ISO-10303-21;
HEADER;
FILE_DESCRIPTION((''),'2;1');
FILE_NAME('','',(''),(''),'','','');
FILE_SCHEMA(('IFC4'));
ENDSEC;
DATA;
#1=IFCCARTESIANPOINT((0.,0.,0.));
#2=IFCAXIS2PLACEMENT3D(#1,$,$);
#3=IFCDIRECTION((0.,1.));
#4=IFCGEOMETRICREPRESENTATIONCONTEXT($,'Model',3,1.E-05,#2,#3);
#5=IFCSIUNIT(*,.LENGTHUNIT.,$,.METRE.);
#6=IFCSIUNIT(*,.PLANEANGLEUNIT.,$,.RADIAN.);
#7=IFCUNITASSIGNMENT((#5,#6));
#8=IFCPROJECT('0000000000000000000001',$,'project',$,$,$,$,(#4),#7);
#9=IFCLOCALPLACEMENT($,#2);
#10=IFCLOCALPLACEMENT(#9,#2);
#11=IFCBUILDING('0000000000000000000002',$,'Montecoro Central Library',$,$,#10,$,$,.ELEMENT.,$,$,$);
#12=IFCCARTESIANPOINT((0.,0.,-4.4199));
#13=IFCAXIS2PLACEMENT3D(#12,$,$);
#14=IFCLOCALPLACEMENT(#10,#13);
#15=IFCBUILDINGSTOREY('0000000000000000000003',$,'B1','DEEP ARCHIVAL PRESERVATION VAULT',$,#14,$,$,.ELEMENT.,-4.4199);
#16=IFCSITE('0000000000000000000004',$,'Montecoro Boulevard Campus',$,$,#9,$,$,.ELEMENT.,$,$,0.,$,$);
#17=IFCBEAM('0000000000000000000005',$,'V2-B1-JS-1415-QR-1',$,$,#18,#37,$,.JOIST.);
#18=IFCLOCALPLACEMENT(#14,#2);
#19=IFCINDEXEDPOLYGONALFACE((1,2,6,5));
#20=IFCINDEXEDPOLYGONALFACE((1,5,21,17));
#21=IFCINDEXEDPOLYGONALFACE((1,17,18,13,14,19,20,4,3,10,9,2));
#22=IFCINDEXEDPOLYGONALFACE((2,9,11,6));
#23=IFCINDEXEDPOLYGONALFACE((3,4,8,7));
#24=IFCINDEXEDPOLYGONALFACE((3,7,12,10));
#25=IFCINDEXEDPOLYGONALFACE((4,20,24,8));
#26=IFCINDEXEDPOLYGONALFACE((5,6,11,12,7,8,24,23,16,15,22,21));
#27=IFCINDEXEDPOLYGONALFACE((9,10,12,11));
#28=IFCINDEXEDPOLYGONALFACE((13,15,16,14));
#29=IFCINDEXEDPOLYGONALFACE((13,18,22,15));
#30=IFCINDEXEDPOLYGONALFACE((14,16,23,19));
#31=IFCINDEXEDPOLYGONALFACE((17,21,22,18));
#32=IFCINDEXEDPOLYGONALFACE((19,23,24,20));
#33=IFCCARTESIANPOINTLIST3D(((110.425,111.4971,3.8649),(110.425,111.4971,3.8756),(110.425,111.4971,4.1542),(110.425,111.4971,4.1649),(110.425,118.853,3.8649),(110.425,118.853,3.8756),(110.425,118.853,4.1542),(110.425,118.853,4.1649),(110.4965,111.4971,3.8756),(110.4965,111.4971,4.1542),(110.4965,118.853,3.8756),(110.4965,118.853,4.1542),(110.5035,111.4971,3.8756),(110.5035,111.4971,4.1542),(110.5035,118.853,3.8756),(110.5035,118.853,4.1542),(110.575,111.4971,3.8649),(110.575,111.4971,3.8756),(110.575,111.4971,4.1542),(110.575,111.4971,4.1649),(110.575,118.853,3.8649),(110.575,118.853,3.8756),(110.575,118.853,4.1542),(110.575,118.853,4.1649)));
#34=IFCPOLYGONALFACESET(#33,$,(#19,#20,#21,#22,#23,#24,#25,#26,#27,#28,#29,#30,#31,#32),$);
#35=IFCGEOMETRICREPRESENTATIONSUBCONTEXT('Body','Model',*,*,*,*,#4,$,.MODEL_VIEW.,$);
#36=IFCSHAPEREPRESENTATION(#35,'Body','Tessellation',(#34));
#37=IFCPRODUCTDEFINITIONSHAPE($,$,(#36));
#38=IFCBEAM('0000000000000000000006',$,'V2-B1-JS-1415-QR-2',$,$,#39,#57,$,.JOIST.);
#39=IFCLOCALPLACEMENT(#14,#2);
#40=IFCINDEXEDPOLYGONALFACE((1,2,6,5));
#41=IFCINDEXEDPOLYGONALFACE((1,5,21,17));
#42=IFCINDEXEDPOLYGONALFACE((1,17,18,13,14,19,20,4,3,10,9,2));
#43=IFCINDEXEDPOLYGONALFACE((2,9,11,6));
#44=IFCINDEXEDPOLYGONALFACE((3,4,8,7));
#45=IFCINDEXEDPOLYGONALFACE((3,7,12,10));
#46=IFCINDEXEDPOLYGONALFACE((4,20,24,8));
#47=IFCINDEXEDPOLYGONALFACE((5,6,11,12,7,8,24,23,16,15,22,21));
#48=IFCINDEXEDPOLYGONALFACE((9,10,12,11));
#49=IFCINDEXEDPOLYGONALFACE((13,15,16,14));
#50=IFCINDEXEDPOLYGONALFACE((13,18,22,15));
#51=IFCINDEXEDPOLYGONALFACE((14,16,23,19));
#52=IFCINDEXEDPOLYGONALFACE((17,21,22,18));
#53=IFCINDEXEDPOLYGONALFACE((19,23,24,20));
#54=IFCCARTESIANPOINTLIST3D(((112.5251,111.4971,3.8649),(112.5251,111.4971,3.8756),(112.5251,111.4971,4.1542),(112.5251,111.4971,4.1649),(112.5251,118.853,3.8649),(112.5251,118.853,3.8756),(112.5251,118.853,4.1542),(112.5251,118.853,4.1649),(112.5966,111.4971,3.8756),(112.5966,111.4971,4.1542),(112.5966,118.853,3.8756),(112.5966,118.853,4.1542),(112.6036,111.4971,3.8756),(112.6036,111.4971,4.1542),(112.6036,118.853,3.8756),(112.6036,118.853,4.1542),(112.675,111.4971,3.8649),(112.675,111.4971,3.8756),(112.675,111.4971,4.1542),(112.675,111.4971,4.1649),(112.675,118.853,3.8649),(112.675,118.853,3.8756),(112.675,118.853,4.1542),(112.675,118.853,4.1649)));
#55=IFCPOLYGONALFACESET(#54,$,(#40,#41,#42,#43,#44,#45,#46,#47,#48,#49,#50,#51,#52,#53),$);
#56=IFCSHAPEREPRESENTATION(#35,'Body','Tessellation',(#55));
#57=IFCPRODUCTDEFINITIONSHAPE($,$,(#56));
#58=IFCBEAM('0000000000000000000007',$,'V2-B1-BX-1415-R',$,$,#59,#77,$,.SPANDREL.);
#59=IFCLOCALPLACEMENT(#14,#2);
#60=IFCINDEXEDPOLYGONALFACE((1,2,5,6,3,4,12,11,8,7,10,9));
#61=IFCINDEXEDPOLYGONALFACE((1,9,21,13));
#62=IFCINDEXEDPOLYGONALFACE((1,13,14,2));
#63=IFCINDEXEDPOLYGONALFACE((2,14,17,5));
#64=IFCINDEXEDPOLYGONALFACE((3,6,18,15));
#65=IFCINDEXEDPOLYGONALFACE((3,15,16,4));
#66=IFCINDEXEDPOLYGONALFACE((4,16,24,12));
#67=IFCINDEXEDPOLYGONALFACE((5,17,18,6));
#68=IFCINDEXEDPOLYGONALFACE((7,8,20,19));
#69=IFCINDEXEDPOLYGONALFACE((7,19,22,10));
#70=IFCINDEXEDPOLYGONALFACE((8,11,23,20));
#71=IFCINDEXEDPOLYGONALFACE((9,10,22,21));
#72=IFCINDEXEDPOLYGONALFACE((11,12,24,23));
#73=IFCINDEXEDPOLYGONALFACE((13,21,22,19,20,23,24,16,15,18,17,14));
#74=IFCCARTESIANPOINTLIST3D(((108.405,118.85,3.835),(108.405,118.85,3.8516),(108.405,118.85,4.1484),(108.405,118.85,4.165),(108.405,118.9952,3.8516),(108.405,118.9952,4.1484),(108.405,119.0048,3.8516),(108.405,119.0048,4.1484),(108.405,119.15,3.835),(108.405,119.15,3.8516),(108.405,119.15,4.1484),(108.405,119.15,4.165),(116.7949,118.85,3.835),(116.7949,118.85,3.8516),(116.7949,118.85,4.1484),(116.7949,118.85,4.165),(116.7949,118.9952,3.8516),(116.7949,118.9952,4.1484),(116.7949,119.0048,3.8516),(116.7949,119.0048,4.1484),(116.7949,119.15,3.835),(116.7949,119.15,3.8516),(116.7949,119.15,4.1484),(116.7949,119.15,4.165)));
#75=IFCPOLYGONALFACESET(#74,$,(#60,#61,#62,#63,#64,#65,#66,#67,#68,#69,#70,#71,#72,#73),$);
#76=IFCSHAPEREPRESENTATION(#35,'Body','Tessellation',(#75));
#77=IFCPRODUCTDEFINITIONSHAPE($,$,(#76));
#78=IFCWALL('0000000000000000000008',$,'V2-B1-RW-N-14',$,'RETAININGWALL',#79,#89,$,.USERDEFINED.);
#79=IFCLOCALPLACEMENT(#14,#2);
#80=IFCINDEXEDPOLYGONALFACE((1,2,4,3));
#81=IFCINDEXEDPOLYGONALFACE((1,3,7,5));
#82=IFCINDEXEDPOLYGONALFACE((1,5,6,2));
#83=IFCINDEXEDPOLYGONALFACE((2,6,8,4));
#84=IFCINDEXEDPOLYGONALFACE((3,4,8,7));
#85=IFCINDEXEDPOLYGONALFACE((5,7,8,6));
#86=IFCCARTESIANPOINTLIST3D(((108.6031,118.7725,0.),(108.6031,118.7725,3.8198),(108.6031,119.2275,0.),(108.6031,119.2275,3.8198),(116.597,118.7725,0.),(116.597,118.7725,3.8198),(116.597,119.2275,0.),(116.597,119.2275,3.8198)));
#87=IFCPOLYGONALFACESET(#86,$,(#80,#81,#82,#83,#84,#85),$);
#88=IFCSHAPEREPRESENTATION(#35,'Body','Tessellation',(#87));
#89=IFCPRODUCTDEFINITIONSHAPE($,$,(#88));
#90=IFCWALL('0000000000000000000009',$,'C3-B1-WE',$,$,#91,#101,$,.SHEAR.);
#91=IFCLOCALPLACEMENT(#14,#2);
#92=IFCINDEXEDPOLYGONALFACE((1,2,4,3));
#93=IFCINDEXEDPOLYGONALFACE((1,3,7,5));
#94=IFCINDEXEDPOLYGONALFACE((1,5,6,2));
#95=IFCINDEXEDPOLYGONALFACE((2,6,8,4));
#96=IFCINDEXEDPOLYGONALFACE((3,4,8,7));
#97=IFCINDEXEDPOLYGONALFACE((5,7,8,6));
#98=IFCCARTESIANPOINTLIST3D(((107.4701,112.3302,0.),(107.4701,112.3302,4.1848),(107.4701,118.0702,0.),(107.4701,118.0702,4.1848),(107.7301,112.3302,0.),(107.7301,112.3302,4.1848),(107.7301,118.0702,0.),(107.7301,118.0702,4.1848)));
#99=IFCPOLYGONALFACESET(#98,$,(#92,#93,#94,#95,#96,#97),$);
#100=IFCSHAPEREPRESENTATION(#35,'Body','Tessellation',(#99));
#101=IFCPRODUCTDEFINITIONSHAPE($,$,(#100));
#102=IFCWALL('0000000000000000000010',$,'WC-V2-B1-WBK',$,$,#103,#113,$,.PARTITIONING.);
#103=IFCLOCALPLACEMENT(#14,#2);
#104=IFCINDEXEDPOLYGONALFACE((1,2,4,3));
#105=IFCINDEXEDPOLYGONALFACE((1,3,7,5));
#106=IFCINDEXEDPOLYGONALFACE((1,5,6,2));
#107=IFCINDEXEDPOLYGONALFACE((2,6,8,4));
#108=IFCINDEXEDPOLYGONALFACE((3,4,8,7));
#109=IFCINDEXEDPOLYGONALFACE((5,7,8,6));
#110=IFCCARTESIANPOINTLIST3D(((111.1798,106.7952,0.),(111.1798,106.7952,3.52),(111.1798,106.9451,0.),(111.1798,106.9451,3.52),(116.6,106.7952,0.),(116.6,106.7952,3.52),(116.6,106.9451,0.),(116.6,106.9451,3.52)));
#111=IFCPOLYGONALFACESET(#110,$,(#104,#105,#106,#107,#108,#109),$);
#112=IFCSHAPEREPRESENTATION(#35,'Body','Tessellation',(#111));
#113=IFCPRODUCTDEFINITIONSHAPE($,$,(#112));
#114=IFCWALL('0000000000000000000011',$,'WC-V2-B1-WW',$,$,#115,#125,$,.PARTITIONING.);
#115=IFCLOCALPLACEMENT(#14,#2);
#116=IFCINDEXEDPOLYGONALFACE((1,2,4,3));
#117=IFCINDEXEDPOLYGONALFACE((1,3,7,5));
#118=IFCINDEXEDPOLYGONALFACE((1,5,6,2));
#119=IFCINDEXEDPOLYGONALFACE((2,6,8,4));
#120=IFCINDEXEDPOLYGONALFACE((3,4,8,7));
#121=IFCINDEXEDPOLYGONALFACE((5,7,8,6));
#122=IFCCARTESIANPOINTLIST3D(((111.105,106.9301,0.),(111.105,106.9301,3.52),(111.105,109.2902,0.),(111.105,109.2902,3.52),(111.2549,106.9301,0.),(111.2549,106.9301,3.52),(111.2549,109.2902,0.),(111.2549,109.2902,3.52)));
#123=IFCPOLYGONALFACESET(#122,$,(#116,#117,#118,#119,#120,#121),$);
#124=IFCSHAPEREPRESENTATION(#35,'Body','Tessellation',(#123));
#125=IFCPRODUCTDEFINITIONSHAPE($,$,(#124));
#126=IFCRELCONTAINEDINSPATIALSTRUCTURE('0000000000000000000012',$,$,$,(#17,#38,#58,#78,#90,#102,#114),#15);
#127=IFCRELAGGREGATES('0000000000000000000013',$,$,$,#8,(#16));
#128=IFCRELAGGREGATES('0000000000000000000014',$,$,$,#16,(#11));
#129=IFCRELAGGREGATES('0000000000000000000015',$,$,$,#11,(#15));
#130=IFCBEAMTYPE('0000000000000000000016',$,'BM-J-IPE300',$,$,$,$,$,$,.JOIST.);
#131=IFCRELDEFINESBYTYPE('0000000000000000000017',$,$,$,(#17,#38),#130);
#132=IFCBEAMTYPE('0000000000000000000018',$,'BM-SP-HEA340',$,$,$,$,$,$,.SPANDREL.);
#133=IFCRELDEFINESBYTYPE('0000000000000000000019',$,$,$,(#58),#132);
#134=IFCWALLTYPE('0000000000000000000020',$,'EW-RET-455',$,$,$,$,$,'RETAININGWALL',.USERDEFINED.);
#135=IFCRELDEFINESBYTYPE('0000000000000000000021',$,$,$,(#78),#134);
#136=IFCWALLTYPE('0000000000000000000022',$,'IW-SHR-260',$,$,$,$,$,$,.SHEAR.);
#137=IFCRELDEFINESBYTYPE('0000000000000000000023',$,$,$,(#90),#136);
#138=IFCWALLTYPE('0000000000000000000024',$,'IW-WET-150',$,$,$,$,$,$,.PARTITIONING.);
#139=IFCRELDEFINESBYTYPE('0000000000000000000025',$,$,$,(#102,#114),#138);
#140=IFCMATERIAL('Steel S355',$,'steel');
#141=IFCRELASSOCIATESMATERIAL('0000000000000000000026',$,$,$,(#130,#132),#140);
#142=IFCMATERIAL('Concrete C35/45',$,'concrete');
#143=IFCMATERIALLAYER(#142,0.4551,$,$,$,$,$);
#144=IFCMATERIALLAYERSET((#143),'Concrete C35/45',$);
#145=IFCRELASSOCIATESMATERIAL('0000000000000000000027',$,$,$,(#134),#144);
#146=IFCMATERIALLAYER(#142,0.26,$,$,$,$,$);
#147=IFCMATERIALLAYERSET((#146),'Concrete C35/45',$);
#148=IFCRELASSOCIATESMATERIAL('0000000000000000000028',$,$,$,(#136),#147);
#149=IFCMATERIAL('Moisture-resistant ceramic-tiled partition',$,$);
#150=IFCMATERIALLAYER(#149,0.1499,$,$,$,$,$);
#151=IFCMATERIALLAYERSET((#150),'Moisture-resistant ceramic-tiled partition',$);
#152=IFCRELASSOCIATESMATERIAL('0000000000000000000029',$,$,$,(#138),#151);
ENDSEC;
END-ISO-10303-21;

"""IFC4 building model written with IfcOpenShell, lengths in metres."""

from ifc_helpers import new_model, si_unit, direction, frame, frame_2d, origin, origin_2d, place, context, subcontext, project, spatial, rectangle, i_section, extrude, material, layer, layer_set, material_profile, profile_set, type_object, element, save


model = new_model("IFC4")

# Units and contexts
model_context = context("Model", 3, precision=1e-05, world=origin(), true_north=direction((0.0, 1.0)))
body_context = subcontext(model_context, "Body", "Model", "MODEL_VIEW")
ifc_project = project(units=[si_unit("LENGTHUNIT", "METRE"), si_unit("PLANEANGLEUNIT", "RADIAN")], contexts=[model_context])

# Site, building, storey
site_placement = place(None, origin())
site = spatial("IfcSite", under=ifc_project, at=site_placement, Name="Montecoro Boulevard Campus", CompositionType="ELEMENT", RefElevation=0.0)
building_placement = place(site_placement, origin())
building = spatial("IfcBuilding", under=site, at=building_placement, Name="Montecoro Central Library", CompositionType="ELEMENT")
storey_placement = place(building_placement, frame((0.0, 0.0, -4.4199)))
storey = spatial("IfcBuildingStorey", under=building, at=storey_placement, Name="B1", Description="DEEP ARCHIVAL PRESERVATION VAULT", CompositionType="ELEMENT", Elevation=-4.4199)

# Shared definitions
ifc_material_1 = material(Name="Concrete C35/45", Category="concrete")

# Beams
ifc_material_2 = material(Name="Steel S355", Category="steel")
ifc_material_profile_1 = material_profile(ifc_material_2, i_section(OverallWidth=0.1499, OverallDepth=0.3, WebThickness=0.0071, FlangeThickness=0.0107, at=origin_2d()), Name="IPE 300")
ifc_profile_set_1 = profile_set([ifc_material_profile_1], Name="Steel S355")
beam_type_1 = type_object("IfcBeamType", Name="BM-J-IPE300", PredefinedType="JOIST", material=ifc_profile_set_1)
for number, where, z_axis, x_axis, name in (
    (1, (110.5, 111.4971, 4.0149), (0.0, 1.0, 0.0), (-1.0, 0.0, 0.0), "V2-B1-JS-1415-QR-1"),
    (2, (112.6001, 111.4971, 4.0149), (0.0, 1.0, 0.0), (-1.0, 0.0, 0.0), "V2-B1-JS-1415-QR-2"),
):
    element("IfcBeam", number, at=place(storey_placement, frame(where, z_axis=z_axis, x_axis=x_axis)), inside=storey, type_object=beam_type_1, Name=name, PredefinedType="JOIST", context=body_context, shape_type="SweptSolid", body=[
        extrude(i_section(OverallWidth=0.1499, OverallDepth=0.3, WebThickness=0.0071, FlangeThickness=0.0107, at=origin_2d()), origin(), (0.0, 0.0, 1.0), 7.356),
    ])
ifc_material_profile_2 = material_profile(ifc_material_2, i_section(OverallWidth=0.3, OverallDepth=0.3301, WebThickness=0.0095, FlangeThickness=0.0166, at=origin_2d()), Name="HEA 340")
ifc_profile_set_2 = profile_set([ifc_material_profile_2], Name="Steel S355")
beam_type_2 = type_object("IfcBeamType", Name="BM-SP-HEA340", PredefinedType="SPANDREL", material=ifc_profile_set_2)
beam_placement = place(storey_placement, frame((108.405, 119.0, 4.0), z_axis=(1.0, 0.0, 0.0), x_axis=(0.0, 1.0, 0.0)))
element("IfcBeam", 3, at=beam_placement, inside=storey, type_object=beam_type_2, Name="V2-B1-BX-1415-R", PredefinedType="SPANDREL", context=body_context, shape_type="SweptSolid", body=[
    extrude(i_section(OverallWidth=0.3, OverallDepth=0.3301, WebThickness=0.0095, FlangeThickness=0.0166, at=origin_2d()), origin(), (0.0, 0.0, 1.0), 8.3899),
])

# Walls
ifc_layer_1 = layer(ifc_material_1, 0.4551)
ifc_layer_set_1 = layer_set([ifc_layer_1], Name="Concrete C35/45")
wall_type_1 = type_object("IfcWallType", Name="EW-RET-455", ElementType="RETAININGWALL", PredefinedType="USERDEFINED", material=ifc_layer_set_1)
wall_1_placement = place(storey_placement, frame((108.603, 119.0, 0.0), z_axis=(0.0, 0.0, 1.0), x_axis=(1.0, 0.0, 0.0)))
element("IfcWall", 4, at=wall_1_placement, inside=storey, type_object=wall_type_1, Name="V2-B1-RW-N-14", ObjectType="RETAININGWALL", PredefinedType="USERDEFINED", context=body_context, shape_type="SweptSolid", body=[
    extrude(rectangle(XDim=7.9939, YDim=0.4551, at=frame_2d((3.9971, 0.0))), origin(), (0.0, 0.0, 1.0), 3.8198),
])
ifc_layer_2 = layer(ifc_material_1, 0.26)
ifc_layer_set_2 = layer_set([ifc_layer_2], Name="Concrete C35/45")
wall_type_2 = type_object("IfcWallType", Name="IW-SHR-260", PredefinedType="SHEAR", material=ifc_layer_set_2)
wall_2_placement = place(storey_placement, frame((107.6001, 112.3301, 0.0), z_axis=(0.0, 0.0, 1.0), x_axis=(0.0, 1.0, 0.0)))
element("IfcWall", 5, at=wall_2_placement, inside=storey, type_object=wall_type_2, Name="C3-B1-WE", PredefinedType="SHEAR", context=body_context, shape_type="SweptSolid", body=[
    extrude(rectangle(XDim=5.74, YDim=0.26, at=frame_2d((2.8701, 0.0))), origin(), (0.0, 0.0, 1.0), 4.1848),
])
ifc_material_3 = material(Name="Moisture-resistant ceramic-tiled partition")
ifc_layer_3 = layer(ifc_material_3, 0.1499)
ifc_layer_set_3 = layer_set([ifc_layer_3], Name="Moisture-resistant ceramic-tiled partition")
wall_type_3 = type_object("IfcWallType", Name="IW-WET-150", PredefinedType="PARTITIONING", material=ifc_layer_set_3)
wall_3_placement = place(storey_placement, frame((111.1799, 106.8701, 0.0), z_axis=(0.0, 0.0, 1.0), x_axis=(1.0, 0.0, 0.0)))
element("IfcWall", 6, at=wall_3_placement, inside=storey, type_object=wall_type_3, Name="WC-V2-B1-WBK", PredefinedType="PARTITIONING", context=body_context, shape_type="SweptSolid", body=[
    extrude(rectangle(XDim=5.4202, YDim=0.1499, at=frame_2d((2.71, 0.0))), origin(), (0.0, 0.0, 1.0), 3.52),
])
wall_4_placement = place(storey_placement, frame((111.1799, 106.9299, 0.0), z_axis=(0.0, 0.0, 1.0), x_axis=(0.0, 1.0, 0.0)))
element("IfcWall", 7, at=wall_4_placement, inside=storey, type_object=wall_type_3, Name="WC-V2-B1-WW", PredefinedType="PARTITIONING", context=body_context, shape_type="SweptSolid", body=[
    extrude(rectangle(XDim=2.3601, YDim=0.1499, at=frame_2d((1.1802, 0.0))), origin(), (0.0, 0.0, 1.0), 3.52),
])

save(model, "model.ifc")
